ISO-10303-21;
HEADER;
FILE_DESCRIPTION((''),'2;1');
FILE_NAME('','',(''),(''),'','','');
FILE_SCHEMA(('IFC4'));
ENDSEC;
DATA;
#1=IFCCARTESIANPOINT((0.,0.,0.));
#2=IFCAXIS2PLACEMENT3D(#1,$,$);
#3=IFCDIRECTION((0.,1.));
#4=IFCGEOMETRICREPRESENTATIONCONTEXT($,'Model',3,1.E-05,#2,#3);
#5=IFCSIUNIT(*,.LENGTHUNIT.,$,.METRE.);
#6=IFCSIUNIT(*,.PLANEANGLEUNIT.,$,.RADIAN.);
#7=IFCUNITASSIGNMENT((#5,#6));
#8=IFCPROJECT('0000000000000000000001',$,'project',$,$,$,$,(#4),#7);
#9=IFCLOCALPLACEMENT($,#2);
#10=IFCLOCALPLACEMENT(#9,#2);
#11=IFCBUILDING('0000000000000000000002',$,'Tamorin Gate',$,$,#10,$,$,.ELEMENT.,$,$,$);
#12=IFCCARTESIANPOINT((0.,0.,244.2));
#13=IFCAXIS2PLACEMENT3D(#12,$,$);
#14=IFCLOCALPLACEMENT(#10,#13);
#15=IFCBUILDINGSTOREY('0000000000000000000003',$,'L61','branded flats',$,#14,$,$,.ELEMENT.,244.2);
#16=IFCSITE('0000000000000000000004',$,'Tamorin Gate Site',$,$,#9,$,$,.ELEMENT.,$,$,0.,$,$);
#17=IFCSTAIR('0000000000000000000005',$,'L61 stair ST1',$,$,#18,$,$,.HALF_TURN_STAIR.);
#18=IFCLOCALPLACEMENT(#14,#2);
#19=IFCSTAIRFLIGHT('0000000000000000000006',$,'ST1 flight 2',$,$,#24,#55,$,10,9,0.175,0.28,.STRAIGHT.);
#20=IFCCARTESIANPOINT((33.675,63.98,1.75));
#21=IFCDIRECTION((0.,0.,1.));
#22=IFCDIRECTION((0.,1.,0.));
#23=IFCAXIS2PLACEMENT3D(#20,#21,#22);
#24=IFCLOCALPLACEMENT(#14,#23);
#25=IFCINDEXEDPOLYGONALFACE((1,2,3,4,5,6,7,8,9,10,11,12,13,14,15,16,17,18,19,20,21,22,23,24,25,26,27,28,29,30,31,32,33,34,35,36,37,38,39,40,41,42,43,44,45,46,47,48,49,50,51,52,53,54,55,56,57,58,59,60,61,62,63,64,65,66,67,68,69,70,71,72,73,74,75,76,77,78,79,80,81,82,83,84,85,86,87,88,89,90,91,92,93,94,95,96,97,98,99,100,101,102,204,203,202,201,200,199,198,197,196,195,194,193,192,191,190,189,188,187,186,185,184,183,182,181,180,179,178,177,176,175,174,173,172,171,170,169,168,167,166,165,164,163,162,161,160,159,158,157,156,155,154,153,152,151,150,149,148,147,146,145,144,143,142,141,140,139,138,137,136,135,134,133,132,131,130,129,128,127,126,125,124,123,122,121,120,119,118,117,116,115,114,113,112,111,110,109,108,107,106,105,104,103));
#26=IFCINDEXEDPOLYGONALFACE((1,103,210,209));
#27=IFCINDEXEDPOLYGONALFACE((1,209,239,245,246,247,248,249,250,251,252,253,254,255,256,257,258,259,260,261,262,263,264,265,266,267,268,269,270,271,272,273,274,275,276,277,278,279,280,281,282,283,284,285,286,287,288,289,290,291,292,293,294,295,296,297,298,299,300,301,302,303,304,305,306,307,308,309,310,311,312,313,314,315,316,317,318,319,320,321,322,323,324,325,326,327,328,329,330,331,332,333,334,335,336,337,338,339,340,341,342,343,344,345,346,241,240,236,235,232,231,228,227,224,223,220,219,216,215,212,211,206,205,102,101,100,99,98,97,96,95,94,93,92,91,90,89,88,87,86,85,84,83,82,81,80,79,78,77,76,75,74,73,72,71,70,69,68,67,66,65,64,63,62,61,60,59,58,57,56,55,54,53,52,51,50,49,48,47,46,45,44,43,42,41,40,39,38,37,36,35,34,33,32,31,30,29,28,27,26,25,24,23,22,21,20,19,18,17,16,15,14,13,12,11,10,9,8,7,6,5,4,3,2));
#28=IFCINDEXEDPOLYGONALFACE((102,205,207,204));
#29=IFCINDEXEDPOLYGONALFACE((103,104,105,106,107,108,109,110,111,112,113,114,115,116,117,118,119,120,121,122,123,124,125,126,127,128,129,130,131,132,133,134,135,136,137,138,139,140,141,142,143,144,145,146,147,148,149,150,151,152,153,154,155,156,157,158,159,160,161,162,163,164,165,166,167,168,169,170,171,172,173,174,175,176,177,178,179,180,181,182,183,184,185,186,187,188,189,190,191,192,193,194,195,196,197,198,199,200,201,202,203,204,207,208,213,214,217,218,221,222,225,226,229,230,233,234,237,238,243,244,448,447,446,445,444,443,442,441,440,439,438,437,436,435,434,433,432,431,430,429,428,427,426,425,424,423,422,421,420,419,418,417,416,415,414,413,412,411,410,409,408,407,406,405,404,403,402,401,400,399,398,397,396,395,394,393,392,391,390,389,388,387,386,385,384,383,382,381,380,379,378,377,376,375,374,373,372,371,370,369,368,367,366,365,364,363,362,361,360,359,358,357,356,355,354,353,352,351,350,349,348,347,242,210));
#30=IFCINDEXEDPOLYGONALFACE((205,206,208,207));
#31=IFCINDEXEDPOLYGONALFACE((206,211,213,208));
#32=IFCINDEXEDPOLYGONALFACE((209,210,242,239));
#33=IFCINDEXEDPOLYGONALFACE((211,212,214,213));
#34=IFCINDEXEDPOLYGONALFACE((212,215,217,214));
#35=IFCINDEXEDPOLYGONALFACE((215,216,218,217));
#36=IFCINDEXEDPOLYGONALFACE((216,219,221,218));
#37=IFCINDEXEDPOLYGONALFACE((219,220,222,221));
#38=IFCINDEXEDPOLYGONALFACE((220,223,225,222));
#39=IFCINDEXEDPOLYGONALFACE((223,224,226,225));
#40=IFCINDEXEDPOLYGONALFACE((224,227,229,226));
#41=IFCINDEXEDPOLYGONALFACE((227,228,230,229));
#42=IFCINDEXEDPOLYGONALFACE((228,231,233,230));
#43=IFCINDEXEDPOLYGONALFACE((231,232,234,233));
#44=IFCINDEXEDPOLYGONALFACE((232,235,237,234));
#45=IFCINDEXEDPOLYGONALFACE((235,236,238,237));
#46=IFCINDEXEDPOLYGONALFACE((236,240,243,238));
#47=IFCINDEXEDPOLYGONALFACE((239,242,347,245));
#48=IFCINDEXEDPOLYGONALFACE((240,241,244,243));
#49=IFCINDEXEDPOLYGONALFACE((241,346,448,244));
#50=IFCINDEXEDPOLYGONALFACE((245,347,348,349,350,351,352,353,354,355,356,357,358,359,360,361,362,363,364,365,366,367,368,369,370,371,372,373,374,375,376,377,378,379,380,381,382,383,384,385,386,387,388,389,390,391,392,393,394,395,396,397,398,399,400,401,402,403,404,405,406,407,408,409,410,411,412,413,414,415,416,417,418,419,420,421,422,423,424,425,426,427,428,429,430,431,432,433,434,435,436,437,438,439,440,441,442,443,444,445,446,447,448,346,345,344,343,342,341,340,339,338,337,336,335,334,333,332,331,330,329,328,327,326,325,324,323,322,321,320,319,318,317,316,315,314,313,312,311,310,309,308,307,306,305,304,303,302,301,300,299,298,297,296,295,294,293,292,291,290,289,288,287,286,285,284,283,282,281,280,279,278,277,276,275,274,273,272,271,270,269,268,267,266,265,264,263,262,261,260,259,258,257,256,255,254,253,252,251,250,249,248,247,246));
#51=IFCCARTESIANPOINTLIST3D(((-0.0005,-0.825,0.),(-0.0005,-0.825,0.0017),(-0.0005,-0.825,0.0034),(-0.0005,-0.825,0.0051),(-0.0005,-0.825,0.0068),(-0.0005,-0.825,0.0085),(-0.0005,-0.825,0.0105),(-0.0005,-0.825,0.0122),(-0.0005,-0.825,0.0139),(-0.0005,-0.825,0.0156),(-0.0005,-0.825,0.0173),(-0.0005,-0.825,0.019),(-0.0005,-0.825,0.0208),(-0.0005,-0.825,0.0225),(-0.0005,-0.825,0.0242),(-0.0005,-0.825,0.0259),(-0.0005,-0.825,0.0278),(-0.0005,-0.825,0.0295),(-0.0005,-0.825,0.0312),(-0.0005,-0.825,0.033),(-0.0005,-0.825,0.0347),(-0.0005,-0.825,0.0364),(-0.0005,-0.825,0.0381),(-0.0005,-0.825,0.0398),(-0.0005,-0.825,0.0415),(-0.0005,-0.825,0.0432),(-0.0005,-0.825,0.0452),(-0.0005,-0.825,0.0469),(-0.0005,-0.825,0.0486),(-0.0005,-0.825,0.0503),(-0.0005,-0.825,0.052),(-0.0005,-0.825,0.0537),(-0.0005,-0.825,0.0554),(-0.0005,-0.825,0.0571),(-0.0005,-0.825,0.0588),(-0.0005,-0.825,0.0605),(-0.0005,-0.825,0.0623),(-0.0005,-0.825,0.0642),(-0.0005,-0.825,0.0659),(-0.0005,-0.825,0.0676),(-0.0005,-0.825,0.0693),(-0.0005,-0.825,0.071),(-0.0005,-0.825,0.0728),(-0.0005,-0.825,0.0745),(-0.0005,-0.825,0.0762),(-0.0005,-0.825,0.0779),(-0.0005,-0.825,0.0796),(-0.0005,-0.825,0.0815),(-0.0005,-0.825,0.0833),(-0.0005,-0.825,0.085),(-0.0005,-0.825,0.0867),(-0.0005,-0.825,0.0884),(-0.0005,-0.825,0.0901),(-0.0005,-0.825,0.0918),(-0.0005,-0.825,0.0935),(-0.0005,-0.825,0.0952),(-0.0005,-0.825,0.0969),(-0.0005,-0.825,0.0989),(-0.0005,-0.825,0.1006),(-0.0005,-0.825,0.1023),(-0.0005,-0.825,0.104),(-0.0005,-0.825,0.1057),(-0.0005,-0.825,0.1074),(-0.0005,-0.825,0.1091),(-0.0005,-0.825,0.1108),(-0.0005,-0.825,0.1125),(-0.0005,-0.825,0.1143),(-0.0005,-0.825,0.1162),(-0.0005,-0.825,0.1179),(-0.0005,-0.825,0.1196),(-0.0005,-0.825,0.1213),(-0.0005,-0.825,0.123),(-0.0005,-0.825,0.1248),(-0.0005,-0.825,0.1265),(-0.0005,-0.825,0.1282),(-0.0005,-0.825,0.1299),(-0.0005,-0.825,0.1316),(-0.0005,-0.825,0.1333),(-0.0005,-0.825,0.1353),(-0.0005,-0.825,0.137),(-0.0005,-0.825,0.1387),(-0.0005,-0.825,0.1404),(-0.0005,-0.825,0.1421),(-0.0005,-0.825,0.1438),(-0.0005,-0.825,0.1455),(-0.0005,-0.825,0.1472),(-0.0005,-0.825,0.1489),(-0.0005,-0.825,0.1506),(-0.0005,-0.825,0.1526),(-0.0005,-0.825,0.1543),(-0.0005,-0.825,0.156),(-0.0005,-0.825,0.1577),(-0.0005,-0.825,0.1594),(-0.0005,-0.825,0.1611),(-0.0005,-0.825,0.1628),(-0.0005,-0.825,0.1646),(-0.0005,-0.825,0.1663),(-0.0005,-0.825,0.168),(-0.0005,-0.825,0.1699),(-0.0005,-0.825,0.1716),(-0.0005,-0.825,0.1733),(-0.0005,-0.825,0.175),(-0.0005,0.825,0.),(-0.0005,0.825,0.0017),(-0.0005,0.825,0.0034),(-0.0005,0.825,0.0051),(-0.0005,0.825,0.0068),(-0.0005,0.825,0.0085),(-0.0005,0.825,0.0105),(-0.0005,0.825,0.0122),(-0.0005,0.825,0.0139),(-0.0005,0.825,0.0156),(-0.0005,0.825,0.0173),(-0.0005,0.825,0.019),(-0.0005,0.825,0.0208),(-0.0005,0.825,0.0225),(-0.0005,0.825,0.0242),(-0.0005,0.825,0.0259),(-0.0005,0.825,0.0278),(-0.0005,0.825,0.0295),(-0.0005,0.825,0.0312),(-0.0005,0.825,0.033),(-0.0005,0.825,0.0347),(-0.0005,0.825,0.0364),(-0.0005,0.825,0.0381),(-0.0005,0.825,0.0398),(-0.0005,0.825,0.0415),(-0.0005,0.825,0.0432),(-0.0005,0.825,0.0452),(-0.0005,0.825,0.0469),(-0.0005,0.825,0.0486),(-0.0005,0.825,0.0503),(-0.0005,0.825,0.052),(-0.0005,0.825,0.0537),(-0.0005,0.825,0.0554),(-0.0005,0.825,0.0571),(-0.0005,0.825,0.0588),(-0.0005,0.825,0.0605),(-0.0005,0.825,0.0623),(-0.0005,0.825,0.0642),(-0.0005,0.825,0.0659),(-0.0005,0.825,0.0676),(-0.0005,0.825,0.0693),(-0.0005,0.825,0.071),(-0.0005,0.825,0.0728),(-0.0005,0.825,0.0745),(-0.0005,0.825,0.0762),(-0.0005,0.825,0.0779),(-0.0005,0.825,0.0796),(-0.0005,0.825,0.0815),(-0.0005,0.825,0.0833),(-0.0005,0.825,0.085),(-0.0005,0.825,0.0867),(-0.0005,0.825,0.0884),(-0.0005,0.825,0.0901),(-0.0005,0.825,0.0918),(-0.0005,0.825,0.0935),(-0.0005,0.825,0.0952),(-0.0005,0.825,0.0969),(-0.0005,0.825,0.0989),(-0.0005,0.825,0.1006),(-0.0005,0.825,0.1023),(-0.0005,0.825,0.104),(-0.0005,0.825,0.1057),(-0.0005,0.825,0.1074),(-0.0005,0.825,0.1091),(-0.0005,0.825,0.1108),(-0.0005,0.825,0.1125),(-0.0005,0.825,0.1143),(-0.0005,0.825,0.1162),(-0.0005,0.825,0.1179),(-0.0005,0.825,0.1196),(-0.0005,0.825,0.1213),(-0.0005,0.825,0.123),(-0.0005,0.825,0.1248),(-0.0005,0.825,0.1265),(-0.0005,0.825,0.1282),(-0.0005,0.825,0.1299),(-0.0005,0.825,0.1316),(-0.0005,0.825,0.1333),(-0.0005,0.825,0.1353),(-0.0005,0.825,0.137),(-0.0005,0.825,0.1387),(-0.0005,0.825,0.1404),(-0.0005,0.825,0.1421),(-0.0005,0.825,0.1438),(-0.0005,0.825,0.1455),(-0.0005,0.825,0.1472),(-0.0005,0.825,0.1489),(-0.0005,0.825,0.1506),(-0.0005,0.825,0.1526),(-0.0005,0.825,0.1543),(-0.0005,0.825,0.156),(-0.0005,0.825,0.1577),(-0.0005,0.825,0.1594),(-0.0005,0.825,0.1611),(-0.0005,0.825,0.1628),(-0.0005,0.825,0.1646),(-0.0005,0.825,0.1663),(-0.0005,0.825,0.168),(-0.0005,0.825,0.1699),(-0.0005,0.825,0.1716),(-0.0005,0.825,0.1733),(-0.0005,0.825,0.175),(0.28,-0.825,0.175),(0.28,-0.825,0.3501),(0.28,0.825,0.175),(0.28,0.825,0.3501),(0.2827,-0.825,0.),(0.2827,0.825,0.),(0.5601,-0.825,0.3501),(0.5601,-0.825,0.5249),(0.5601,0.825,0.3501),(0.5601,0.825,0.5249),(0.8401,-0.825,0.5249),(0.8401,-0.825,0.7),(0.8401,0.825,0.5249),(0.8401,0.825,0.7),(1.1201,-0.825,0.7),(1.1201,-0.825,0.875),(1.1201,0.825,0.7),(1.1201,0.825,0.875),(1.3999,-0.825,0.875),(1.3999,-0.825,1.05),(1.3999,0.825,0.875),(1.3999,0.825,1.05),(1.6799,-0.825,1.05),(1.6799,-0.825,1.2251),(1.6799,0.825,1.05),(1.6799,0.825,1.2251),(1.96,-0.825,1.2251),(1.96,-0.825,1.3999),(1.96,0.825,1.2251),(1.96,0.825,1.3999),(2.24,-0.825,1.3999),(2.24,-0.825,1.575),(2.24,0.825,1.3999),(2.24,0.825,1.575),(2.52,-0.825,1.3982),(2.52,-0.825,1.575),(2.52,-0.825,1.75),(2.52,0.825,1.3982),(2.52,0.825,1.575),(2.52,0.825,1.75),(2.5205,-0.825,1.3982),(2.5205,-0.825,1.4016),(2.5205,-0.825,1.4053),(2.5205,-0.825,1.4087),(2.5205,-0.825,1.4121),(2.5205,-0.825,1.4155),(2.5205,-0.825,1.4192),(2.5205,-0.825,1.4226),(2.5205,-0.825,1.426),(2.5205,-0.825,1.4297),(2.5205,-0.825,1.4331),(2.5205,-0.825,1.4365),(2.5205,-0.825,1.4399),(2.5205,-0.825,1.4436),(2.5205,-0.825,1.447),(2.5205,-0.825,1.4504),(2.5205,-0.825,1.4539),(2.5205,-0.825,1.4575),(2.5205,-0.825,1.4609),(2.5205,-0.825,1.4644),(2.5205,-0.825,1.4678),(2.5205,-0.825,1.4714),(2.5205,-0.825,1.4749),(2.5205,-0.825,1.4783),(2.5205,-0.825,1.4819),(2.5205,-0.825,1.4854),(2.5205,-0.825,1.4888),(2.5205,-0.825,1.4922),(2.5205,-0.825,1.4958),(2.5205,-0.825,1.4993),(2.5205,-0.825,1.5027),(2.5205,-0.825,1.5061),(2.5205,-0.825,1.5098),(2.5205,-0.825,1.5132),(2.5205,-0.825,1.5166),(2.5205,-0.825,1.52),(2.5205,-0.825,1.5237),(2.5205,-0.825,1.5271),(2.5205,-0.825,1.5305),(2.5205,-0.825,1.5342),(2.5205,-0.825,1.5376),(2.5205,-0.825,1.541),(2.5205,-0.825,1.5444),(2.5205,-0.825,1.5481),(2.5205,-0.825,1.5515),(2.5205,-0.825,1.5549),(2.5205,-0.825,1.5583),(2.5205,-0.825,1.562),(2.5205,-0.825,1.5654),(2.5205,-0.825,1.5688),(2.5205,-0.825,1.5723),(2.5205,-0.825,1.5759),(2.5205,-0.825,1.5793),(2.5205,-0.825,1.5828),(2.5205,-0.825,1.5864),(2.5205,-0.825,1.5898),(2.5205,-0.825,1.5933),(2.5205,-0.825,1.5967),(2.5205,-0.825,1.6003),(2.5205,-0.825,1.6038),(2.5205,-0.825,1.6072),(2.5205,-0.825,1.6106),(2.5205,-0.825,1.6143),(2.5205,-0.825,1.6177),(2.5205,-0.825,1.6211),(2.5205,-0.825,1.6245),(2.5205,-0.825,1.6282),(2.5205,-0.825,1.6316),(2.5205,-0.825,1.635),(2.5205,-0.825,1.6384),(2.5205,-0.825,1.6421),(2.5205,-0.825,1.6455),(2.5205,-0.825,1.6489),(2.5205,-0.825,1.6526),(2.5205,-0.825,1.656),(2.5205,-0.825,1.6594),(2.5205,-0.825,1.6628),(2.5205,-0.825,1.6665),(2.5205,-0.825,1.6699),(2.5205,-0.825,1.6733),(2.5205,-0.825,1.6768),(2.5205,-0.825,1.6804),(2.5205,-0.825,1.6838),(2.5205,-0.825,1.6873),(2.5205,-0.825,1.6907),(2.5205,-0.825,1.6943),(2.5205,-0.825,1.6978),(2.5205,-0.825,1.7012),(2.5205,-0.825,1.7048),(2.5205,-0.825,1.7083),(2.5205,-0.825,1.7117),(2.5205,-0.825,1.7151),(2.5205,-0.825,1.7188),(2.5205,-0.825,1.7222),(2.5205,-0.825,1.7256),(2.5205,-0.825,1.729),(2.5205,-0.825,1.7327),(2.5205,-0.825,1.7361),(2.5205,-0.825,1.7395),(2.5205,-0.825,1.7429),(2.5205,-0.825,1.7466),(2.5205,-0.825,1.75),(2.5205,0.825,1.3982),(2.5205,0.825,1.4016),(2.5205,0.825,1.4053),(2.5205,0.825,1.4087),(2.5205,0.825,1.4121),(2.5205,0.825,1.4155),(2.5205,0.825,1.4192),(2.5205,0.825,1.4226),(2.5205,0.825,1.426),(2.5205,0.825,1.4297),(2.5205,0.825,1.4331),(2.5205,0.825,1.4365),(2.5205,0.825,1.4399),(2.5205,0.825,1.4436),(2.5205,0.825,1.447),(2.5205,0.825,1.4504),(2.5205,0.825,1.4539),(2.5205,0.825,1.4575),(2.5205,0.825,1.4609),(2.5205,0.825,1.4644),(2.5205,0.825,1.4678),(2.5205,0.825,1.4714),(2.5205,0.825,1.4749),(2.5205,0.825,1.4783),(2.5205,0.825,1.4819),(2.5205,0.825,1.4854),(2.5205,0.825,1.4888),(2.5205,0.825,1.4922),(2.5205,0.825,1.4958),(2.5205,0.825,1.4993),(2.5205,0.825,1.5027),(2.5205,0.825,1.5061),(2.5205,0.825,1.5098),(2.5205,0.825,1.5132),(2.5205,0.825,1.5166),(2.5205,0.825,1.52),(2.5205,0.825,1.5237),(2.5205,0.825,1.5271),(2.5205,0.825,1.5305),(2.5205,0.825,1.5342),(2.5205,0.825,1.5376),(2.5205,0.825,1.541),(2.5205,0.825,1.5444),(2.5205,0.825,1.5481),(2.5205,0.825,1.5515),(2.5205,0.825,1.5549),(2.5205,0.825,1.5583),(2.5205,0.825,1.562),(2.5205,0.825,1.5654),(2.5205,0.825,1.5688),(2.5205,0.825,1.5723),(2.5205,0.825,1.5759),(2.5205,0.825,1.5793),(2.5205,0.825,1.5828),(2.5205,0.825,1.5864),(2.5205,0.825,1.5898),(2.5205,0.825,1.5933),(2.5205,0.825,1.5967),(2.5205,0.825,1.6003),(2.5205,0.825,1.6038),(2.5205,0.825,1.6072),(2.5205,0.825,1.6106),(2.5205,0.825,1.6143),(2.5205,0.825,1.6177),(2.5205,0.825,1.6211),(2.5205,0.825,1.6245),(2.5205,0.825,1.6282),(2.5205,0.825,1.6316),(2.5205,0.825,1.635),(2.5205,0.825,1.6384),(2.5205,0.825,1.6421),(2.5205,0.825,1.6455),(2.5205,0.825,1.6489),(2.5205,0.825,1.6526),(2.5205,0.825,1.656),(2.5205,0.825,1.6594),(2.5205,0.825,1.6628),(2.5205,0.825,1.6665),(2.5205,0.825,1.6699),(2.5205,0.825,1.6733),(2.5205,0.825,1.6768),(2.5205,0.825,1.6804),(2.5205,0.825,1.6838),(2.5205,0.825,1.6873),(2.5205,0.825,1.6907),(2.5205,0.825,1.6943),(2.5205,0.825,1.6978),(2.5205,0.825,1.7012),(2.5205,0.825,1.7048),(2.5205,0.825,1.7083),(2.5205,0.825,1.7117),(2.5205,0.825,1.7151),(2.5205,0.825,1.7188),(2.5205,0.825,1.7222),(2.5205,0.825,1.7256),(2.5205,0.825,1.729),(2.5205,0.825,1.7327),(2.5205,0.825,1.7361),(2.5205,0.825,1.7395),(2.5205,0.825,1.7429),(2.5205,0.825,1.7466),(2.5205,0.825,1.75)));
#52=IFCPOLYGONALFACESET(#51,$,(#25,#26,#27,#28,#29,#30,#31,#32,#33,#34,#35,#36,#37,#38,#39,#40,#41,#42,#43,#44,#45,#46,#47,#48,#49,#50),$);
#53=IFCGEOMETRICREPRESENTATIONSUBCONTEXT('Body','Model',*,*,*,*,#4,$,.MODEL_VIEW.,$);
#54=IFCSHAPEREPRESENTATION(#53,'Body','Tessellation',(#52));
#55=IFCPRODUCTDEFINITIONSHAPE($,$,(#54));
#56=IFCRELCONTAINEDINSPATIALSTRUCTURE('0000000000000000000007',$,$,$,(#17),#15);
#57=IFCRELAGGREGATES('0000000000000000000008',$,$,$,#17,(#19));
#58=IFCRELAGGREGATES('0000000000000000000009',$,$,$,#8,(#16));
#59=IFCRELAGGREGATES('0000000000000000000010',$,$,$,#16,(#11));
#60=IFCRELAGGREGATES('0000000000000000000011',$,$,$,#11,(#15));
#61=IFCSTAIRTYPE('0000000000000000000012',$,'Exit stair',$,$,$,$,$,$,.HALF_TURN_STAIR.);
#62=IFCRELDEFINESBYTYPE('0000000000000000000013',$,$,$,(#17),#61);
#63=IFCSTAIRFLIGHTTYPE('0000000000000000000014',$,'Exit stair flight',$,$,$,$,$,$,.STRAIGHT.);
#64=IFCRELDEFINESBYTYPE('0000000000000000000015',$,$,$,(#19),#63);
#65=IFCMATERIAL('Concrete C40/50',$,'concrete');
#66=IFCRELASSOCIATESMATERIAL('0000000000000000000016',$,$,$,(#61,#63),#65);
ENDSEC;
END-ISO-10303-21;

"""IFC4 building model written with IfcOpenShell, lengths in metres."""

from ifc_helpers import new_model, si_unit, direction, frame, origin, place, context, subcontext, project, spatial, polyline, outline, extrude, material, type_object, element, aggregate, save


model = new_model("IFC4")

# Units and contexts
model_context = context("Model", 3, precision=1e-05, world=origin(), true_north=direction((0.0, 1.0)))
body_context = subcontext(model_context, "Body", "Model", "MODEL_VIEW")
ifc_project = project(units=[si_unit("LENGTHUNIT", "METRE"), si_unit("PLANEANGLEUNIT", "RADIAN")], contexts=[model_context])

# Site, building, storey
site_placement = place(None, origin())
site = spatial("IfcSite", under=ifc_project, at=site_placement, Name="Tamorin Gate Site", CompositionType="ELEMENT", RefElevation=0.0)
building_placement = place(site_placement, origin())
building = spatial("IfcBuilding", under=site, at=building_placement, Name="Tamorin Gate", CompositionType="ELEMENT")
storey_placement = place(building_placement, frame((0.0, 0.0, 244.2)))
storey = spatial("IfcBuildingStorey", under=building, at=storey_placement, Name="L61", Description="branded flats", CompositionType="ELEMENT", Elevation=244.2)

# Shared definitions
ifc_material_1 = material(Name="Concrete C40/50", Category="concrete")

# Stair, stair flight
stair_type = type_object("IfcStairType", Name="Exit stair", PredefinedType="HALF_TURN_STAIR", material=ifc_material_1)
stair_1_placement = place(storey_placement, origin())
stair_1 = element("IfcStair", 1, at=stair_1_placement, inside=storey, type_object=stair_type, Name="L61 stair ST1", PredefinedType="HALF_TURN_STAIR")
stair_flight_type = type_object("IfcStairFlightType", Name="Exit stair flight", PredefinedType="STRAIGHT", material=ifc_material_1)
stair_flight_1_placement = place(storey_placement, frame((33.675, 63.98, 1.75), z_axis=(0.0, 0.0, 1.0), x_axis=(0.0, 1.0, 0.0)))
stair_flight_1 = element("IfcStairFlight", 2, at=stair_flight_1_placement, type_object=stair_flight_type, Name="ST1 flight 2", NumberOfRisers=10, NumberOfTreads=9, PredefinedType="STRAIGHT", RiserHeight=0.175, TreadLength=0.28, context=body_context, shape_type="SweptSolid", body=[
    extrude(outline(polyline([(-0.0005, 0.0), (-0.0005, 0.0017), (-0.0005, 0.0034), (-0.0005, 0.0051), (-0.0005, 0.0068), (-0.0005, 0.0085), (-0.0005, 0.0105), (-0.0005, 0.0122), (-0.0005, 0.0139), (-0.0005, 0.0156), (-0.0005, 0.0173), (-0.0005, 0.019), (-0.0005, 0.0208), (-0.0005, 0.0225), (-0.0005, 0.0242), (-0.0005, 0.0259), (-0.0005, 0.0278), (-0.0005, 0.0295), (-0.0005, 0.0312), (-0.0005, 0.033), (-0.0005, 0.0347), (-0.0005, 0.0364), (-0.0005, 0.0381), (-0.0005, 0.0398), (-0.0005, 0.0415), (-0.0005, 0.0432), (-0.0005, 0.0452), (-0.0005, 0.0469), (-0.0005, 0.0486), (-0.0005, 0.0503), (-0.0005, 0.052), (-0.0005, 0.0537), (-0.0005, 0.0554), (-0.0005, 0.0571), (-0.0005, 0.0588), (-0.0005, 0.0605), (-0.0005, 0.0623), (-0.0005, 0.0642), (-0.0005, 0.0659), (-0.0005, 0.0676), (-0.0005, 0.0693), (-0.0005, 0.071), (-0.0005, 0.0728), (-0.0005, 0.0745), (-0.0005, 0.0762), (-0.0005, 0.0779), (-0.0005, 0.0796), (-0.0005, 0.0815), (-0.0005, 0.0833), (-0.0005, 0.085), (-0.0005, 0.0867), (-0.0005, 0.0884), (-0.0005, 0.0901), (-0.0005, 0.0918), (-0.0005, 0.0935), (-0.0005, 0.0952), (-0.0005, 0.0969), (-0.0005, 0.0989), (-0.0005, 0.1006), (-0.0005, 0.1023), (-0.0005, 0.104), (-0.0005, 0.1057), (-0.0005, 0.1074), (-0.0005, 0.1091), (-0.0005, 0.1108), (-0.0005, 0.1125), (-0.0005, 0.1143), (-0.0005, 0.1162), (-0.0005, 0.1179), (-0.0005, 0.1196), (-0.0005, 0.1213), (-0.0005, 0.123), (-0.0005, 0.1248), (-0.0005, 0.1265), (-0.0005, 0.1282), (-0.0005, 0.1299), (-0.0005, 0.1316), (-0.0005, 0.1333), (-0.0005, 0.1353), (-0.0005, 0.137), (-0.0005, 0.1387), (-0.0005, 0.1404), (-0.0005, 0.1421), (-0.0005, 0.1438), (-0.0005, 0.1455), (-0.0005, 0.1472), (-0.0005, 0.1489), (-0.0005, 0.1506), (-0.0005, 0.1526), (-0.0005, 0.1543), (-0.0005, 0.156), (-0.0005, 0.1577), (-0.0005, 0.1594), (-0.0005, 0.1611), (-0.0005, 0.1628), (-0.0005, 0.1646), (-0.0005, 0.1663), (-0.0005, 0.168), (-0.0005, 0.1699), (-0.0005, 0.1716), (-0.0005, 0.1733), (-0.0005, 0.175), (0.28, 0.175), (0.28, 0.3501), (0.5601, 0.3501), (0.5601, 0.5249), (0.8401, 0.5249), (0.8401, 0.7), (1.1201, 0.7), (1.1201, 0.875), (1.3999, 0.875), (1.3999, 1.05), (1.6799, 1.05), (1.6799, 1.2251), (1.96, 1.2251), (1.96, 1.3999), (2.24, 1.3999), (2.24, 1.575), (2.52, 1.575), (2.52, 1.75), (2.5205, 1.75), (2.5205, 1.7466), (2.5205, 1.7429), (2.5205, 1.7395), (2.5205, 1.7361), (2.5205, 1.7327), (2.5205, 1.729), (2.5205, 1.7256), (2.5205, 1.7222), (2.5205, 1.7188), (2.5205, 1.7151), (2.5205, 1.7117), (2.5205, 1.7083), (2.5205, 1.7048), (2.5205, 1.7012), (2.5205, 1.6978), (2.5205, 1.6943), (2.5205, 1.6907), (2.5205, 1.6873), (2.5205, 1.6838), (2.5205, 1.6804), (2.5205, 1.6768), (2.5205, 1.6733), (2.5205, 1.6699), (2.5205, 1.6665), (2.5205, 1.6628), (2.5205, 1.6594), (2.5205, 1.656), (2.5205, 1.6526), (2.5205, 1.6489), (2.5205, 1.6455), (2.5205, 1.6421), (2.5205, 1.6384), (2.5205, 1.635), (2.5205, 1.6316), (2.5205, 1.6282), (2.5205, 1.6245), (2.5205, 1.6211), (2.5205, 1.6177), (2.5205, 1.6143), (2.5205, 1.6106), (2.5205, 1.6072), (2.5205, 1.6038), (2.5205, 1.6003), (2.5205, 1.5967), (2.5205, 1.5933), (2.5205, 1.5898), (2.5205, 1.5864), (2.5205, 1.5828), (2.5205, 1.5793), (2.5205, 1.5759), (2.5205, 1.5723), (2.5205, 1.5688), (2.5205, 1.5654), (2.5205, 1.562), (2.5205, 1.5583), (2.5205, 1.5549), (2.5205, 1.5515), (2.5205, 1.5481), (2.5205, 1.5444), (2.5205, 1.541), (2.5205, 1.5376), (2.5205, 1.5342), (2.5205, 1.5305), (2.5205, 1.5271), (2.5205, 1.5237), (2.5205, 1.52), (2.5205, 1.5166), (2.5205, 1.5132), (2.5205, 1.5098), (2.5205, 1.5061), (2.5205, 1.5027), (2.5205, 1.4993), (2.5205, 1.4958), (2.5205, 1.4922), (2.5205, 1.4888), (2.5205, 1.4854), (2.5205, 1.4819), (2.5205, 1.4783), (2.5205, 1.4749), (2.5205, 1.4714), (2.5205, 1.4678), (2.5205, 1.4644), (2.5205, 1.4609), (2.5205, 1.4575), (2.5205, 1.4539), (2.5205, 1.4504), (2.5205, 1.447), (2.5205, 1.4436), (2.5205, 1.4399), (2.5205, 1.4365), (2.5205, 1.4331), (2.5205, 1.4297), (2.5205, 1.426), (2.5205, 1.4226), (2.5205, 1.4192), (2.5205, 1.4155), (2.5205, 1.4121), (2.5205, 1.4087), (2.5205, 1.4053), (2.5205, 1.4016), (2.5205, 1.3982), (2.52, 1.3982), (0.2827, 0.0), (-0.0005, 0.0)])), frame((0.0, 0.825, 0.0), z_axis=(0.0, -1.0, 0.0), x_axis=(1.0, 0.0, 0.0)), (0.0, 0.0, 1.0), 1.6499),
])
aggregate(stair_1, [stair_flight_1])

save(model, "model.ifc")
